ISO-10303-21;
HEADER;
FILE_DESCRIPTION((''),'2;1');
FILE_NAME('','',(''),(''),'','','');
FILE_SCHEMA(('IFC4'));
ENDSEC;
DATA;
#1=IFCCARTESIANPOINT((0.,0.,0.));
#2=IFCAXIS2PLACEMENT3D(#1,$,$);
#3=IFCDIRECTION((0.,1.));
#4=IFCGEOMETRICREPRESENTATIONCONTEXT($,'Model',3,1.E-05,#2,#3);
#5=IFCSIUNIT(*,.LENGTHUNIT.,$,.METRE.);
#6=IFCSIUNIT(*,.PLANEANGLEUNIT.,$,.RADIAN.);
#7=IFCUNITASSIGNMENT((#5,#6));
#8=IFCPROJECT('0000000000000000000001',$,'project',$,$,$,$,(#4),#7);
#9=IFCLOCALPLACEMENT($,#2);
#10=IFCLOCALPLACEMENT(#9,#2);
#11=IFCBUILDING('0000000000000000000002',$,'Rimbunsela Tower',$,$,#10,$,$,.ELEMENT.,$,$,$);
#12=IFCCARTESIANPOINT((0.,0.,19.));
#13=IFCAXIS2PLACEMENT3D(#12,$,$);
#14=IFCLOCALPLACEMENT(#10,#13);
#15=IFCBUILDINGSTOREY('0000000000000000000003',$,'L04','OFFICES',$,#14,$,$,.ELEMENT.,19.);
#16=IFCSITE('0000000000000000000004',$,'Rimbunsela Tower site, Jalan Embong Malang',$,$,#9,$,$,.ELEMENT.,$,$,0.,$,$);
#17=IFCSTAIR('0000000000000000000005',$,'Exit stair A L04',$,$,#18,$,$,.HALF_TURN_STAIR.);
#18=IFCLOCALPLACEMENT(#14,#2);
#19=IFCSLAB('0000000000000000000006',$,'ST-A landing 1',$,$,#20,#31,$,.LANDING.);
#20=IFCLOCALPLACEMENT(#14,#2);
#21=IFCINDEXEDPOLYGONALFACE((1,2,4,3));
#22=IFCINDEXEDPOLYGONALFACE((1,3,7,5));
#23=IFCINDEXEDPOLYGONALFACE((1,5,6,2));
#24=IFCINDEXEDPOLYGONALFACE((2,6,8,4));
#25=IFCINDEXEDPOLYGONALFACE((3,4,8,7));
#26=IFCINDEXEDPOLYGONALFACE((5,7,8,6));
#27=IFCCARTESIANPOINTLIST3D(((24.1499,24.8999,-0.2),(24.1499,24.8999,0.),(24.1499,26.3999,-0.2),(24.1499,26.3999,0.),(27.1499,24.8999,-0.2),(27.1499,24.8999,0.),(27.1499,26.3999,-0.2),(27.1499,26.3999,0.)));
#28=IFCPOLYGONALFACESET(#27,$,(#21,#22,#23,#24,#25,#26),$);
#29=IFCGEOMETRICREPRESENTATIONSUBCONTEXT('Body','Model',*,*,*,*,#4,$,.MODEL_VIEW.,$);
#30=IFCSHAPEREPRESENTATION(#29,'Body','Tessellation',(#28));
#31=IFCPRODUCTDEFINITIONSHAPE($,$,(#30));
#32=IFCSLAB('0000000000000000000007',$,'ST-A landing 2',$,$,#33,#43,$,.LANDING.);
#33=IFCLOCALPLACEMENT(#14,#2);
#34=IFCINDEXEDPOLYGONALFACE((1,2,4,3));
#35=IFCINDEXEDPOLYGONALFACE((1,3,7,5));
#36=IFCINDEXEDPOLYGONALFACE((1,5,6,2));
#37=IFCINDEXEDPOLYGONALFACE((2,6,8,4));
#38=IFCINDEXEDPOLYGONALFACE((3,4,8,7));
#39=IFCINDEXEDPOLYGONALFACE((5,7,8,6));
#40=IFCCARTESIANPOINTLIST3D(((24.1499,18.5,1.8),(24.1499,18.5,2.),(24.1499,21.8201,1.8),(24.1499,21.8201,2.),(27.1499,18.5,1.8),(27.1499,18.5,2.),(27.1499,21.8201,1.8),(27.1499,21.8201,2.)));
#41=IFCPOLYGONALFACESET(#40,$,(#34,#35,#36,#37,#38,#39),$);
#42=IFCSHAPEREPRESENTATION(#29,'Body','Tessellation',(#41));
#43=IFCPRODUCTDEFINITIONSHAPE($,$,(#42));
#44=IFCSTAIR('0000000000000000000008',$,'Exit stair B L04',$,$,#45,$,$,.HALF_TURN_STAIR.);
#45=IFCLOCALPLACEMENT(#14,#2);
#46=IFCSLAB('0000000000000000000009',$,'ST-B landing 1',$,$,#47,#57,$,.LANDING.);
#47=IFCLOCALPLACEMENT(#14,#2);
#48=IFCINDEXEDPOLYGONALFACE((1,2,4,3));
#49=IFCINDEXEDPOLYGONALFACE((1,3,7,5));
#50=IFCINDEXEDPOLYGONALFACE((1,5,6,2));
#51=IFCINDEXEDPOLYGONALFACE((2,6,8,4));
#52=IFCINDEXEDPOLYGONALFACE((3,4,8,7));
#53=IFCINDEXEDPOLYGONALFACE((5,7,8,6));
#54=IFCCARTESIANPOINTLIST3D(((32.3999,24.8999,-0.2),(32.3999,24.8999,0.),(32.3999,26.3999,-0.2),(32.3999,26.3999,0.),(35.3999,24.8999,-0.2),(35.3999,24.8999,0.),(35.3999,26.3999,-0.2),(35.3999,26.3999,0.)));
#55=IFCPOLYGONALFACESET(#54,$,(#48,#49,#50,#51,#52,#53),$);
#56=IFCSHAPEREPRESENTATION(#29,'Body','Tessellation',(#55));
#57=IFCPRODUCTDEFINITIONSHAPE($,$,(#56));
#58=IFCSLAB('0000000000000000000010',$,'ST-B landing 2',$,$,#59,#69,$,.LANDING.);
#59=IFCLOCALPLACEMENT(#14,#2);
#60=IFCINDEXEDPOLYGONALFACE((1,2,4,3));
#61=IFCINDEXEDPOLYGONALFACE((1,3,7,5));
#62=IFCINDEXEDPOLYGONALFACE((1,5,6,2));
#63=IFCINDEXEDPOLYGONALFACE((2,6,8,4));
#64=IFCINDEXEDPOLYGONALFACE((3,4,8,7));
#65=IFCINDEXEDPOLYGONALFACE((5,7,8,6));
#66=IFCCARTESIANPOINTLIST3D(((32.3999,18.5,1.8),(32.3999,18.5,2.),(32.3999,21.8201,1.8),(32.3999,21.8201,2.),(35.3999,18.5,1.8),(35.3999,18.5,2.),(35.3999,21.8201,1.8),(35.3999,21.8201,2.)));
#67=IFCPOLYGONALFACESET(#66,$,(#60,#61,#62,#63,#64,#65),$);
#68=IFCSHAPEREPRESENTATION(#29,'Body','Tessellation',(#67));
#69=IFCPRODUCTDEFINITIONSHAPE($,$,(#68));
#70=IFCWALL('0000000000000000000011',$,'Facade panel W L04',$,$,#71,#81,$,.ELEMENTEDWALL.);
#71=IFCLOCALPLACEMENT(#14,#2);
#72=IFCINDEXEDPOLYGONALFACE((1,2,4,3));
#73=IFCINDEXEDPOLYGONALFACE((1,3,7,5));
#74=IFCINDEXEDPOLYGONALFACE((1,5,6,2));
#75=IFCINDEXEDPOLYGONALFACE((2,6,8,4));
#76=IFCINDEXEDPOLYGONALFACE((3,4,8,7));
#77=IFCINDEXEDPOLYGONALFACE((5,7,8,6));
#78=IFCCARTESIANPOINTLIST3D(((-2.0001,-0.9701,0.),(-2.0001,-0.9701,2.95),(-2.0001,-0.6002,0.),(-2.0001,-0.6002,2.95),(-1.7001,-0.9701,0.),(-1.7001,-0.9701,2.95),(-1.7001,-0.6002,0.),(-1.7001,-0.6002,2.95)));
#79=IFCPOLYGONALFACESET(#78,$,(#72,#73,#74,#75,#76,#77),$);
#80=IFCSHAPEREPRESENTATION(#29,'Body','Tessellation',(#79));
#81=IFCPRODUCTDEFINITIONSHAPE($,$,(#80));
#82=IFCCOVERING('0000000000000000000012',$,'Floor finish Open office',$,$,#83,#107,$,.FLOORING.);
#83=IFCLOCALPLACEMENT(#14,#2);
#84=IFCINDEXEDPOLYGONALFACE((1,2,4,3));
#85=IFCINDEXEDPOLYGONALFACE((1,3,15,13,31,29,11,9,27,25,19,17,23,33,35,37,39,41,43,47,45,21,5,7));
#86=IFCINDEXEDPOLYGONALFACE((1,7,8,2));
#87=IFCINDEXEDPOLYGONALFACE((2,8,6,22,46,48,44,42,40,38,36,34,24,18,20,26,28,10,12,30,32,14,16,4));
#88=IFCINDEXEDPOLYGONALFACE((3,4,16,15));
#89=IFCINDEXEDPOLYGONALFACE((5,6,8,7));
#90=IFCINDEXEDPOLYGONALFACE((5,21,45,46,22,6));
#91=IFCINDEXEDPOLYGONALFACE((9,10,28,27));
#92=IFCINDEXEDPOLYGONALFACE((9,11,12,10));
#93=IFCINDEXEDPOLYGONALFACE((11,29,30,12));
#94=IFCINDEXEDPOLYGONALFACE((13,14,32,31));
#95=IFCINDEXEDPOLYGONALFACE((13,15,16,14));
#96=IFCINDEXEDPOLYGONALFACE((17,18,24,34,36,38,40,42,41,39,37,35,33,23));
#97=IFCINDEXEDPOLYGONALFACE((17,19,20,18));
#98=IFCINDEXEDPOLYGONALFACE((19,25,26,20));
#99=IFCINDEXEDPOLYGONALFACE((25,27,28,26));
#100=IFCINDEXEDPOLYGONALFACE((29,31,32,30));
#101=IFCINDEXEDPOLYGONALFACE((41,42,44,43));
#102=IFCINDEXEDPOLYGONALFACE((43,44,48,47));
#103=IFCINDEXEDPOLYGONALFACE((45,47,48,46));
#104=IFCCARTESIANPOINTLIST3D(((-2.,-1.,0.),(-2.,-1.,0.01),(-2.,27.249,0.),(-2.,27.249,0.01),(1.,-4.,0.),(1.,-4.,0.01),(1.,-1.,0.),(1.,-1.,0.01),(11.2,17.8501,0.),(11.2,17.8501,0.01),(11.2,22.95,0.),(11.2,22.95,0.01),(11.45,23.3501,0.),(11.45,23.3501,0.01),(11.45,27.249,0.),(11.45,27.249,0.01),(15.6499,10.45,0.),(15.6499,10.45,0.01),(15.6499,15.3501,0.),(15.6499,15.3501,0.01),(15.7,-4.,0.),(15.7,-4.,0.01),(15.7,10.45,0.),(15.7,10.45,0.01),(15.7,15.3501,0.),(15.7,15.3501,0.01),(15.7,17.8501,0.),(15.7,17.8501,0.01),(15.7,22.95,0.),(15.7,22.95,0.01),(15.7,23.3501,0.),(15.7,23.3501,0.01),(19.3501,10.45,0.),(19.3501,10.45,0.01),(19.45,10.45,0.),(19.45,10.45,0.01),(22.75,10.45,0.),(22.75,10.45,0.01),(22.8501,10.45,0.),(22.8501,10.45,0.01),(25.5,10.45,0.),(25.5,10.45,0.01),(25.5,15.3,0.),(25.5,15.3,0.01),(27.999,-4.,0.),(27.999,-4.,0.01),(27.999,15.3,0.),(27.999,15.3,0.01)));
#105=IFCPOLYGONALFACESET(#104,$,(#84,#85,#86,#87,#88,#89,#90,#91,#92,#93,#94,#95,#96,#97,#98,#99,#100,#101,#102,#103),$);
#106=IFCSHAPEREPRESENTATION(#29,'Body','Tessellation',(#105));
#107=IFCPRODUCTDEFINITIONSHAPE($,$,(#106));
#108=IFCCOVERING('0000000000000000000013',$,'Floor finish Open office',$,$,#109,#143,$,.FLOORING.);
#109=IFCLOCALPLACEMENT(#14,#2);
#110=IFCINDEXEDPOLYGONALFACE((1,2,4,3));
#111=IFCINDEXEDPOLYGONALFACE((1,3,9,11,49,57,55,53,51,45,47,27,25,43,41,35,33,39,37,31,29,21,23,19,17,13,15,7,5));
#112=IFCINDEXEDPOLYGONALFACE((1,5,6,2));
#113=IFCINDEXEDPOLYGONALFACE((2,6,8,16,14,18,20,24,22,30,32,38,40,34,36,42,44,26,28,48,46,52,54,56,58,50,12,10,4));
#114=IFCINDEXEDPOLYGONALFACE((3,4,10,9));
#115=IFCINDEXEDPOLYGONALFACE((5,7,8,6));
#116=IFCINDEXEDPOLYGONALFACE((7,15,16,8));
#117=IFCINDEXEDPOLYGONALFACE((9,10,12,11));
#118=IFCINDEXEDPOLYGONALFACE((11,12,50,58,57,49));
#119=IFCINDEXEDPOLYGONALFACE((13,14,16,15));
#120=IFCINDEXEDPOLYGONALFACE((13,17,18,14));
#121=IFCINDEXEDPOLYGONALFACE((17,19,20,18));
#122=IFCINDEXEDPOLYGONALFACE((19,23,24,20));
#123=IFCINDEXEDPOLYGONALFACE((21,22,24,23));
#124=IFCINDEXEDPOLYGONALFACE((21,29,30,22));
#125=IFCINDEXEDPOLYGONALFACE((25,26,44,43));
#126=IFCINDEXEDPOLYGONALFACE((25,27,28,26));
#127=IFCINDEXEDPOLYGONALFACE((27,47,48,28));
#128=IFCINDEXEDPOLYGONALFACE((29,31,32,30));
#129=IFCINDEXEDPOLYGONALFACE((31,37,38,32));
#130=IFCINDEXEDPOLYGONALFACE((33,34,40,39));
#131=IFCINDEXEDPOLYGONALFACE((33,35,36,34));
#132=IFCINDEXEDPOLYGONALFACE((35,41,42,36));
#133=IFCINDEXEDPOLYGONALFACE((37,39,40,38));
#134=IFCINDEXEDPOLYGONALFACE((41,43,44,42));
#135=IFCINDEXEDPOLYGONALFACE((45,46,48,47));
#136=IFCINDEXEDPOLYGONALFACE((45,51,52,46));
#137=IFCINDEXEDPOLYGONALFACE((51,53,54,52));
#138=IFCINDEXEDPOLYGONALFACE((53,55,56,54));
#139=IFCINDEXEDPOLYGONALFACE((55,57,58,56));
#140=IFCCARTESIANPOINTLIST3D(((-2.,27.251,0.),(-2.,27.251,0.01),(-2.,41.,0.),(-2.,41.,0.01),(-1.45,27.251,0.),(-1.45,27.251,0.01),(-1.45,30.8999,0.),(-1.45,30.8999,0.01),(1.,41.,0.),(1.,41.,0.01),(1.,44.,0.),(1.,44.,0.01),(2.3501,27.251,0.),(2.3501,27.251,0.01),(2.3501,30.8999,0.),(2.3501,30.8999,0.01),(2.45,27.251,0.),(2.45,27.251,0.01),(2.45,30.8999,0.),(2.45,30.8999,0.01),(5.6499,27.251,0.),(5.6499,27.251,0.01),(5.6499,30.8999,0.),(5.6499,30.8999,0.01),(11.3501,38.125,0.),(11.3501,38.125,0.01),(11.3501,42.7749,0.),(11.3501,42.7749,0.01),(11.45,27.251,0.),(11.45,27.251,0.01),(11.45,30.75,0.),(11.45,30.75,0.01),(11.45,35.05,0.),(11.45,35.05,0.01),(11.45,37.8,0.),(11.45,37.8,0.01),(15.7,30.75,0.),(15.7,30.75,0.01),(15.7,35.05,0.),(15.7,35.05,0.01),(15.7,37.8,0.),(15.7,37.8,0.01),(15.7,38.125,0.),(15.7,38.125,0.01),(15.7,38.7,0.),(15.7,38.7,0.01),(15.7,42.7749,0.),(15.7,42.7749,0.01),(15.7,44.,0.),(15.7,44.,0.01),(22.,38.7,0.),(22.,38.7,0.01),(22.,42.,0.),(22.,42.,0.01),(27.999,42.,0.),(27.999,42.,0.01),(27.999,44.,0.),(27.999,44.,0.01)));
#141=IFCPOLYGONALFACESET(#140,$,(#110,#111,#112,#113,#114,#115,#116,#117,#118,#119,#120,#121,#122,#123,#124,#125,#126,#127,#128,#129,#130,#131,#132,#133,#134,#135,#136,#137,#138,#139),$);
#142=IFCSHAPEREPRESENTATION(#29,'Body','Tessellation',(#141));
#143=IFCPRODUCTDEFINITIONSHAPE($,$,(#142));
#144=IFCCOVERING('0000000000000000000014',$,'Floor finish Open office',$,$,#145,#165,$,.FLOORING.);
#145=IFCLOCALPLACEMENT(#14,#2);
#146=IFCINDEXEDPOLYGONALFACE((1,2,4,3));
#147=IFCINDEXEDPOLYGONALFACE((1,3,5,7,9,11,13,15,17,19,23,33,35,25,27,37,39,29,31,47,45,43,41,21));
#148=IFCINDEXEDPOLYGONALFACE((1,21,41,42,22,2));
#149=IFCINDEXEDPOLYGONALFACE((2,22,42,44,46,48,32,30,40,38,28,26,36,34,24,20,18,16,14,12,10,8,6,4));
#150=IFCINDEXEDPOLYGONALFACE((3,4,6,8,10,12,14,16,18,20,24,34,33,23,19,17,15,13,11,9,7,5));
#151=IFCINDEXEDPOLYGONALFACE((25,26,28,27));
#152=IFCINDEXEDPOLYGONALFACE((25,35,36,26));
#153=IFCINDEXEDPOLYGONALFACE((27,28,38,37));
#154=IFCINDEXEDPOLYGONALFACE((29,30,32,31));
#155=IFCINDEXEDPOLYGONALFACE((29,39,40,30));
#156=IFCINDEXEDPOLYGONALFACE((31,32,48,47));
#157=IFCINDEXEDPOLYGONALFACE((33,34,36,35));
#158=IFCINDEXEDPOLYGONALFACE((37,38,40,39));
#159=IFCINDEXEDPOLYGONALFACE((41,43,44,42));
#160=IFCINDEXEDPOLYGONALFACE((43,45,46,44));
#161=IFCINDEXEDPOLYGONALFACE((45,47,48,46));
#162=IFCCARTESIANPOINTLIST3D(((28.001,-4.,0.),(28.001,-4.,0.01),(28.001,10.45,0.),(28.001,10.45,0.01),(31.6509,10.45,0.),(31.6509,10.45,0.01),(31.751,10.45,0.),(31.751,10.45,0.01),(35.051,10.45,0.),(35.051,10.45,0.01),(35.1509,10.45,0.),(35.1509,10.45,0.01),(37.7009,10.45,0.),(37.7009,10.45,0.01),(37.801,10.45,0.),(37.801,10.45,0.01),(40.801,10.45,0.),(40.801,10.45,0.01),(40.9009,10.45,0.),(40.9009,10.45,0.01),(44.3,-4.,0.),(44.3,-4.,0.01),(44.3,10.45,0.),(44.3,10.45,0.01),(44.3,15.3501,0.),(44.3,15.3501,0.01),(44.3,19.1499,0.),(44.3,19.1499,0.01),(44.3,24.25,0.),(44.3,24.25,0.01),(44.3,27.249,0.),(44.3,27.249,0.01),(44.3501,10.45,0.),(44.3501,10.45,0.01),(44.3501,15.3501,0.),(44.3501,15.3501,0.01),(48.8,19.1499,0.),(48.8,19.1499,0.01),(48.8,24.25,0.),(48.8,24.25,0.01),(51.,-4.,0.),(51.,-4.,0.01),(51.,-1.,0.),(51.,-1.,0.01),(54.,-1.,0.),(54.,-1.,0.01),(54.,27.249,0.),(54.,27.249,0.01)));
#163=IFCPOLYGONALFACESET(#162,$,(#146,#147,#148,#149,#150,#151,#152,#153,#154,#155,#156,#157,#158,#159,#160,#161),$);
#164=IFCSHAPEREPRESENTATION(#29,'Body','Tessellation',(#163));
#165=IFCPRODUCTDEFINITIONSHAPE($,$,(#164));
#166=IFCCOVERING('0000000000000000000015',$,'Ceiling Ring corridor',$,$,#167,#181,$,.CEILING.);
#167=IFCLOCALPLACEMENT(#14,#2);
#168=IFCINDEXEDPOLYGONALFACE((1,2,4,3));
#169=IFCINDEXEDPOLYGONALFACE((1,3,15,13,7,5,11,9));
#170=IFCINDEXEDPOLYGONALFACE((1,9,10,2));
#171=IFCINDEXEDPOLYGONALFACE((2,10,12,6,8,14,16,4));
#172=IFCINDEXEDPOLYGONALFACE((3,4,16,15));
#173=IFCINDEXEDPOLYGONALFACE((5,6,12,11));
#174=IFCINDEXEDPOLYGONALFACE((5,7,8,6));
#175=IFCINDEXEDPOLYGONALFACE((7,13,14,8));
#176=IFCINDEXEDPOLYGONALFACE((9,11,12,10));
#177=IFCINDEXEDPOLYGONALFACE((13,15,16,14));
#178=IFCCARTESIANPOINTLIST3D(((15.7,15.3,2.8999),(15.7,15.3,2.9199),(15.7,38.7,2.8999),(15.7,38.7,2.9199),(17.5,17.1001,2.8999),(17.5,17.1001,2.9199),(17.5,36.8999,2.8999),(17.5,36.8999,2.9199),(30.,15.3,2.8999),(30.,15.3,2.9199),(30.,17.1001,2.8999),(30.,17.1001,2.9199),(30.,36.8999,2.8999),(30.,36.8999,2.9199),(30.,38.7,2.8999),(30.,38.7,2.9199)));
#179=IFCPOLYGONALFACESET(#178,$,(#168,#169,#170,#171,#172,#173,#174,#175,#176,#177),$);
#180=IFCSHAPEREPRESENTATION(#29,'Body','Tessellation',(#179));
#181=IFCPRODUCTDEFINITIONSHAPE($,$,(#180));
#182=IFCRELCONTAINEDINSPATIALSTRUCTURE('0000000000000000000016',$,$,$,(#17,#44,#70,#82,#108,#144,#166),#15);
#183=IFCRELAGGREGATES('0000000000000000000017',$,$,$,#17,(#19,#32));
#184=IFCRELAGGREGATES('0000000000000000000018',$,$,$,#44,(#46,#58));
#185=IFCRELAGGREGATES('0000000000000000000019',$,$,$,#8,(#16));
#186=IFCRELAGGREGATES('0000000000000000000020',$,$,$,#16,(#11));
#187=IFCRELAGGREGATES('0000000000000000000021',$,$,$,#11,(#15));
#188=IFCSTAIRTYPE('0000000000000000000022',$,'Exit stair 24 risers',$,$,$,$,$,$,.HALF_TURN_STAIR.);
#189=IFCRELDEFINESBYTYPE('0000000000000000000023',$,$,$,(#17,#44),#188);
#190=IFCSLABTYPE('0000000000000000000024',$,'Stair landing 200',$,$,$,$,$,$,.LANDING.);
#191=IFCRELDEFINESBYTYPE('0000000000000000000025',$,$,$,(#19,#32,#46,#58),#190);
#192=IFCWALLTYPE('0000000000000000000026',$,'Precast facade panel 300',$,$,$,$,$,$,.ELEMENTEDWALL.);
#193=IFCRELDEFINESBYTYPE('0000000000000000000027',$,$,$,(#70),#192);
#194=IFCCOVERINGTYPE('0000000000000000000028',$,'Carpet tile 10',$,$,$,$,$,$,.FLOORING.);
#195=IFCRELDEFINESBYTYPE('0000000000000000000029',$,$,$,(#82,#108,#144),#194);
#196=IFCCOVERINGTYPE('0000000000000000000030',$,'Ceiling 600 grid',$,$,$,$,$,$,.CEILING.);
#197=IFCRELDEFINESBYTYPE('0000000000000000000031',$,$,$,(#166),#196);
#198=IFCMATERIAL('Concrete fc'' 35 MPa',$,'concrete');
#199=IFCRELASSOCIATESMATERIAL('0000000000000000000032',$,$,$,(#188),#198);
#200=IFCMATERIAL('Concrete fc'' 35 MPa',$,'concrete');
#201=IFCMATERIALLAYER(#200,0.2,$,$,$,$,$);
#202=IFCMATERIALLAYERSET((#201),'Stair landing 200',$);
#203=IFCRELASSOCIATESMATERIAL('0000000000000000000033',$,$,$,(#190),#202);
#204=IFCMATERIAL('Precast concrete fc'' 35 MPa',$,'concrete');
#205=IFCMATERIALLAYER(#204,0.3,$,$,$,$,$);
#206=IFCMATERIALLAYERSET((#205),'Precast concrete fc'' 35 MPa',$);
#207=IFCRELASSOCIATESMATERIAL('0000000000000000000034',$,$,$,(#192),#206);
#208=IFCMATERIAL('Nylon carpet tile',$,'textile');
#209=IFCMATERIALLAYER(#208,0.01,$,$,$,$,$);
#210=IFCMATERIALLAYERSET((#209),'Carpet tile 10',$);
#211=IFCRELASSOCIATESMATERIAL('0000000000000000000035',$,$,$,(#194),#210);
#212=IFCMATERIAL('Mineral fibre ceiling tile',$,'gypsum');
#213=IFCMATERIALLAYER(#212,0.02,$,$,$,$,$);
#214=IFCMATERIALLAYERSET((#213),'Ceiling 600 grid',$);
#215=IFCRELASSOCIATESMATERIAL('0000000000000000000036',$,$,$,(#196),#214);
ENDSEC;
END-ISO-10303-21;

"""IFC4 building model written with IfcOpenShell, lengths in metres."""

from ifc_helpers import new_model, si_unit, direction, frame, frame_2d, origin, place, context, subcontext, project, spatial, polyline, rectangle, outline, extrude, material, layer, layer_set, type_object, element, aggregate, save


model = new_model("IFC4")

# Units and contexts
model_context = context("Model", 3, precision=1e-05, world=origin(), true_north=direction((0.0, 1.0)))
body_context = subcontext(model_context, "Body", "Model", "MODEL_VIEW")
ifc_project = project(units=[si_unit("LENGTHUNIT", "METRE"), si_unit("PLANEANGLEUNIT", "RADIAN")], contexts=[model_context])

# Site, building, storey
site_placement = place(None, origin())
site = spatial("IfcSite", under=ifc_project, at=site_placement, Name="Rimbunsela Tower site, Jalan Embong Malang", CompositionType="ELEMENT", RefElevation=0.0)
building_placement = place(site_placement, origin())
building = spatial("IfcBuilding", under=site, at=building_placement, Name="Rimbunsela Tower", CompositionType="ELEMENT")
storey_placement = place(building_placement, frame((0.0, 0.0, 19.0)))
storey = spatial("IfcBuildingStorey", under=building, at=storey_placement, Name="L04", Description="OFFICES", CompositionType="ELEMENT", Elevation=19.0)

# Stairs, slabs
ifc_material_1 = material(Name="Concrete fc' 35 MPa", Category="concrete")
stair_type = type_object("IfcStairType", Name="Exit stair 24 risers", PredefinedType="HALF_TURN_STAIR", material=ifc_material_1)
stair_1_placement = place(storey_placement, origin())
stair_1 = element("IfcStair", 1, at=stair_1_placement, inside=storey, type_object=stair_type, Name="Exit stair A L04", PredefinedType="HALF_TURN_STAIR")
ifc_material_2 = material(Name="Concrete fc' 35 MPa", Category="concrete")
ifc_layer_1 = layer(ifc_material_2, 0.2)
ifc_layer_set_1 = layer_set([ifc_layer_1], Name="Stair landing 200")
slab_type_1 = type_object("IfcSlabType", Name="Stair landing 200", PredefinedType="LANDING", material=ifc_layer_set_1)
slab_1_placement = place(storey_placement, frame((0.0, 0.0, -0.2)))
slab_1 = element("IfcSlab", 2, at=slab_1_placement, type_object=slab_type_1, Name="ST-A landing 1", PredefinedType="LANDING", context=body_context, shape_type="SweptSolid", body=[
    extrude(outline(polyline([(24.1499, 24.8999), (27.1499, 24.8999), (27.1499, 26.3999), (24.1499, 26.3999), (24.1499, 24.8999)])), origin(), (0.0, 0.0, 1.0), 0.2),
])
slab_2_placement = place(storey_placement, frame((0.0, 0.0, 1.8)))
slab_2 = element("IfcSlab", 3, at=slab_2_placement, type_object=slab_type_1, Name="ST-A landing 2", PredefinedType="LANDING", context=body_context, shape_type="SweptSolid", body=[
    extrude(outline(polyline([(24.1499, 18.5), (27.1499, 18.5), (27.1499, 21.8201), (24.1499, 21.8201), (24.1499, 18.5)])), origin(), (0.0, 0.0, 1.0), 0.2),
])
aggregate(stair_1, [slab_1, slab_2])
stair_2_placement = place(storey_placement, origin())
stair_2 = element("IfcStair", 4, at=stair_2_placement, inside=storey, type_object=stair_type, Name="Exit stair B L04", PredefinedType="HALF_TURN_STAIR")
slab_3_placement = place(storey_placement, frame((0.0, 0.0, -0.2)))
slab_3 = element("IfcSlab", 5, at=slab_3_placement, type_object=slab_type_1, Name="ST-B landing 1", PredefinedType="LANDING", context=body_context, shape_type="SweptSolid", body=[
    extrude(outline(polyline([(32.3999, 24.8999), (35.3999, 24.8999), (35.3999, 26.3999), (32.3999, 26.3999), (32.3999, 24.8999)])), origin(), (0.0, 0.0, 1.0), 0.2),
])
slab_4_placement = place(storey_placement, frame((0.0, 0.0, 1.8)))
slab_4 = element("IfcSlab", 6, at=slab_4_placement, type_object=slab_type_1, Name="ST-B landing 2", PredefinedType="LANDING", context=body_context, shape_type="SweptSolid", body=[
    extrude(outline(polyline([(32.3999, 18.5), (35.3999, 18.5), (35.3999, 21.8201), (32.3999, 21.8201), (32.3999, 18.5)])), origin(), (0.0, 0.0, 1.0), 0.2),
])
aggregate(stair_2, [slab_3, slab_4])

# Wall
ifc_material_3 = material(Name="Precast concrete fc' 35 MPa", Category="concrete")
ifc_layer_2 = layer(ifc_material_3, 0.3)
ifc_layer_set_2 = layer_set([ifc_layer_2], Name="Precast concrete fc' 35 MPa")
wall_type = type_object("IfcWallType", Name="Precast facade panel 300", PredefinedType="ELEMENTEDWALL", material=ifc_layer_set_2)
wall_placement = place(storey_placement, frame((-1.8501, -0.6001, 0.0), z_axis=(0.0, 0.0, 1.0), x_axis=(0.0, -1.0, 0.0)))
element("IfcWall", 7, at=wall_placement, inside=storey, type_object=wall_type, Name="Facade panel W L04", PredefinedType="ELEMENTEDWALL", context=body_context, shape_type="SweptSolid", body=[
    extrude(rectangle(XDim=0.3699, YDim=0.3, at=frame_2d((0.1851, 0.0))), origin(), (0.0, 0.0, 1.0), 2.95),
])

# Coverings
ifc_material_4 = material(Name="Nylon carpet tile", Category="textile")
ifc_layer_3 = layer(ifc_material_4, 0.01)
ifc_layer_set_3 = layer_set([ifc_layer_3], Name="Carpet tile 10")
covering_type_1 = type_object("IfcCoveringType", Name="Carpet tile 10", PredefinedType="FLOORING", material=ifc_layer_set_3)
covering_1_placement = place(storey_placement, origin())
element("IfcCovering", 8, at=covering_1_placement, inside=storey, type_object=covering_type_1, Name="Floor finish Open office", PredefinedType="FLOORING", context=body_context, shape_type="SweptSolid", body=[
    extrude(outline(polyline([(19.45, 10.45), (22.75, 10.45), (22.8501, 10.45), (25.5, 10.45), (25.5, 15.3), (27.999, 15.3), (27.999, -4.0), (15.7, -4.0), (1.0, -4.0), (1.0, -1.0), (-2.0, -1.0), (-2.0, 27.249), (11.45, 27.249), (11.45, 23.3501), (15.7, 23.3501), (15.7, 22.95), (11.2, 22.95), (11.2, 17.8501), (15.7, 17.8501), (15.7, 15.3501), (15.6499, 15.3501), (15.6499, 10.45), (15.7, 10.45), (19.3501, 10.45), (19.45, 10.45)])), origin(), (0.0, 0.0, 1.0), 0.01),
])
covering_2_placement = place(storey_placement, origin())
element("IfcCovering", 9, at=covering_2_placement, inside=storey, type_object=covering_type_1, Name="Floor finish Open office", PredefinedType="FLOORING", context=body_context, shape_type="SweptSolid", body=[
    extrude(outline(polyline([(15.7, 42.7749), (11.3501, 42.7749), (11.3501, 38.125), (15.7, 38.125), (15.7, 37.8), (11.45, 37.8), (11.45, 35.05), (15.7, 35.05), (15.7, 30.75), (11.45, 30.75), (11.45, 27.251), (5.6499, 27.251), (5.6499, 30.8999), (2.45, 30.8999), (2.45, 27.251), (2.3501, 27.251), (2.3501, 30.8999), (-1.45, 30.8999), (-1.45, 27.251), (-2.0, 27.251), (-2.0, 41.0), (1.0, 41.0), (1.0, 44.0), (15.7, 44.0), (27.999, 44.0), (27.999, 42.0), (22.0, 42.0), (22.0, 38.7), (15.7, 38.7), (15.7, 42.7749)])), origin(), (0.0, 0.0, 1.0), 0.01),
])
covering_3_placement = place(storey_placement, origin())
element("IfcCovering", 10, at=covering_3_placement, inside=storey, type_object=covering_type_1, Name="Floor finish Open office", PredefinedType="FLOORING", context=body_context, shape_type="SweptSolid", body=[
    extrude(outline(polyline([(28.001, 10.45), (31.6509, 10.45), (31.751, 10.45), (35.051, 10.45), (35.1509, 10.45), (37.7009, 10.45), (37.801, 10.45), (40.801, 10.45), (40.9009, 10.45), (44.3, 10.45), (44.3501, 10.45), (44.3501, 15.3501), (44.3, 15.3501), (44.3, 19.1499), (48.8, 19.1499), (48.8, 24.25), (44.3, 24.25), (44.3, 27.249), (54.0, 27.249), (54.0, -1.0), (51.0, -1.0), (51.0, -4.0), (44.3, -4.0), (28.001, -4.0), (28.001, 10.45)])), origin(), (0.0, 0.0, 1.0), 0.01),
])
ifc_material_5 = material(Name="Mineral fibre ceiling tile", Category="gypsum")
ifc_layer_4 = layer(ifc_material_5, 0.02)
ifc_layer_set_4 = layer_set([ifc_layer_4], Name="Ceiling 600 grid")
covering_type_2 = type_object("IfcCoveringType", Name="Ceiling 600 grid", PredefinedType="CEILING", material=ifc_layer_set_4)
covering_4_placement = place(storey_placement, frame((0.0, 0.0, 2.8999)))
element("IfcCovering", 11, at=covering_4_placement, inside=storey, type_object=covering_type_2, Name="Ceiling Ring corridor", PredefinedType="CEILING", context=body_context, shape_type="SweptSolid", body=[
    extrude(outline(polyline([(15.7, 38.7), (30.0, 38.7), (30.0, 36.8999), (17.5, 36.8999), (17.5, 17.1001), (30.0, 17.1001), (30.0, 15.3), (15.7, 15.3), (15.7, 38.7)])), origin(), (0.0, 0.0, 1.0), 0.02),
])

save(model, "model.ifc")
